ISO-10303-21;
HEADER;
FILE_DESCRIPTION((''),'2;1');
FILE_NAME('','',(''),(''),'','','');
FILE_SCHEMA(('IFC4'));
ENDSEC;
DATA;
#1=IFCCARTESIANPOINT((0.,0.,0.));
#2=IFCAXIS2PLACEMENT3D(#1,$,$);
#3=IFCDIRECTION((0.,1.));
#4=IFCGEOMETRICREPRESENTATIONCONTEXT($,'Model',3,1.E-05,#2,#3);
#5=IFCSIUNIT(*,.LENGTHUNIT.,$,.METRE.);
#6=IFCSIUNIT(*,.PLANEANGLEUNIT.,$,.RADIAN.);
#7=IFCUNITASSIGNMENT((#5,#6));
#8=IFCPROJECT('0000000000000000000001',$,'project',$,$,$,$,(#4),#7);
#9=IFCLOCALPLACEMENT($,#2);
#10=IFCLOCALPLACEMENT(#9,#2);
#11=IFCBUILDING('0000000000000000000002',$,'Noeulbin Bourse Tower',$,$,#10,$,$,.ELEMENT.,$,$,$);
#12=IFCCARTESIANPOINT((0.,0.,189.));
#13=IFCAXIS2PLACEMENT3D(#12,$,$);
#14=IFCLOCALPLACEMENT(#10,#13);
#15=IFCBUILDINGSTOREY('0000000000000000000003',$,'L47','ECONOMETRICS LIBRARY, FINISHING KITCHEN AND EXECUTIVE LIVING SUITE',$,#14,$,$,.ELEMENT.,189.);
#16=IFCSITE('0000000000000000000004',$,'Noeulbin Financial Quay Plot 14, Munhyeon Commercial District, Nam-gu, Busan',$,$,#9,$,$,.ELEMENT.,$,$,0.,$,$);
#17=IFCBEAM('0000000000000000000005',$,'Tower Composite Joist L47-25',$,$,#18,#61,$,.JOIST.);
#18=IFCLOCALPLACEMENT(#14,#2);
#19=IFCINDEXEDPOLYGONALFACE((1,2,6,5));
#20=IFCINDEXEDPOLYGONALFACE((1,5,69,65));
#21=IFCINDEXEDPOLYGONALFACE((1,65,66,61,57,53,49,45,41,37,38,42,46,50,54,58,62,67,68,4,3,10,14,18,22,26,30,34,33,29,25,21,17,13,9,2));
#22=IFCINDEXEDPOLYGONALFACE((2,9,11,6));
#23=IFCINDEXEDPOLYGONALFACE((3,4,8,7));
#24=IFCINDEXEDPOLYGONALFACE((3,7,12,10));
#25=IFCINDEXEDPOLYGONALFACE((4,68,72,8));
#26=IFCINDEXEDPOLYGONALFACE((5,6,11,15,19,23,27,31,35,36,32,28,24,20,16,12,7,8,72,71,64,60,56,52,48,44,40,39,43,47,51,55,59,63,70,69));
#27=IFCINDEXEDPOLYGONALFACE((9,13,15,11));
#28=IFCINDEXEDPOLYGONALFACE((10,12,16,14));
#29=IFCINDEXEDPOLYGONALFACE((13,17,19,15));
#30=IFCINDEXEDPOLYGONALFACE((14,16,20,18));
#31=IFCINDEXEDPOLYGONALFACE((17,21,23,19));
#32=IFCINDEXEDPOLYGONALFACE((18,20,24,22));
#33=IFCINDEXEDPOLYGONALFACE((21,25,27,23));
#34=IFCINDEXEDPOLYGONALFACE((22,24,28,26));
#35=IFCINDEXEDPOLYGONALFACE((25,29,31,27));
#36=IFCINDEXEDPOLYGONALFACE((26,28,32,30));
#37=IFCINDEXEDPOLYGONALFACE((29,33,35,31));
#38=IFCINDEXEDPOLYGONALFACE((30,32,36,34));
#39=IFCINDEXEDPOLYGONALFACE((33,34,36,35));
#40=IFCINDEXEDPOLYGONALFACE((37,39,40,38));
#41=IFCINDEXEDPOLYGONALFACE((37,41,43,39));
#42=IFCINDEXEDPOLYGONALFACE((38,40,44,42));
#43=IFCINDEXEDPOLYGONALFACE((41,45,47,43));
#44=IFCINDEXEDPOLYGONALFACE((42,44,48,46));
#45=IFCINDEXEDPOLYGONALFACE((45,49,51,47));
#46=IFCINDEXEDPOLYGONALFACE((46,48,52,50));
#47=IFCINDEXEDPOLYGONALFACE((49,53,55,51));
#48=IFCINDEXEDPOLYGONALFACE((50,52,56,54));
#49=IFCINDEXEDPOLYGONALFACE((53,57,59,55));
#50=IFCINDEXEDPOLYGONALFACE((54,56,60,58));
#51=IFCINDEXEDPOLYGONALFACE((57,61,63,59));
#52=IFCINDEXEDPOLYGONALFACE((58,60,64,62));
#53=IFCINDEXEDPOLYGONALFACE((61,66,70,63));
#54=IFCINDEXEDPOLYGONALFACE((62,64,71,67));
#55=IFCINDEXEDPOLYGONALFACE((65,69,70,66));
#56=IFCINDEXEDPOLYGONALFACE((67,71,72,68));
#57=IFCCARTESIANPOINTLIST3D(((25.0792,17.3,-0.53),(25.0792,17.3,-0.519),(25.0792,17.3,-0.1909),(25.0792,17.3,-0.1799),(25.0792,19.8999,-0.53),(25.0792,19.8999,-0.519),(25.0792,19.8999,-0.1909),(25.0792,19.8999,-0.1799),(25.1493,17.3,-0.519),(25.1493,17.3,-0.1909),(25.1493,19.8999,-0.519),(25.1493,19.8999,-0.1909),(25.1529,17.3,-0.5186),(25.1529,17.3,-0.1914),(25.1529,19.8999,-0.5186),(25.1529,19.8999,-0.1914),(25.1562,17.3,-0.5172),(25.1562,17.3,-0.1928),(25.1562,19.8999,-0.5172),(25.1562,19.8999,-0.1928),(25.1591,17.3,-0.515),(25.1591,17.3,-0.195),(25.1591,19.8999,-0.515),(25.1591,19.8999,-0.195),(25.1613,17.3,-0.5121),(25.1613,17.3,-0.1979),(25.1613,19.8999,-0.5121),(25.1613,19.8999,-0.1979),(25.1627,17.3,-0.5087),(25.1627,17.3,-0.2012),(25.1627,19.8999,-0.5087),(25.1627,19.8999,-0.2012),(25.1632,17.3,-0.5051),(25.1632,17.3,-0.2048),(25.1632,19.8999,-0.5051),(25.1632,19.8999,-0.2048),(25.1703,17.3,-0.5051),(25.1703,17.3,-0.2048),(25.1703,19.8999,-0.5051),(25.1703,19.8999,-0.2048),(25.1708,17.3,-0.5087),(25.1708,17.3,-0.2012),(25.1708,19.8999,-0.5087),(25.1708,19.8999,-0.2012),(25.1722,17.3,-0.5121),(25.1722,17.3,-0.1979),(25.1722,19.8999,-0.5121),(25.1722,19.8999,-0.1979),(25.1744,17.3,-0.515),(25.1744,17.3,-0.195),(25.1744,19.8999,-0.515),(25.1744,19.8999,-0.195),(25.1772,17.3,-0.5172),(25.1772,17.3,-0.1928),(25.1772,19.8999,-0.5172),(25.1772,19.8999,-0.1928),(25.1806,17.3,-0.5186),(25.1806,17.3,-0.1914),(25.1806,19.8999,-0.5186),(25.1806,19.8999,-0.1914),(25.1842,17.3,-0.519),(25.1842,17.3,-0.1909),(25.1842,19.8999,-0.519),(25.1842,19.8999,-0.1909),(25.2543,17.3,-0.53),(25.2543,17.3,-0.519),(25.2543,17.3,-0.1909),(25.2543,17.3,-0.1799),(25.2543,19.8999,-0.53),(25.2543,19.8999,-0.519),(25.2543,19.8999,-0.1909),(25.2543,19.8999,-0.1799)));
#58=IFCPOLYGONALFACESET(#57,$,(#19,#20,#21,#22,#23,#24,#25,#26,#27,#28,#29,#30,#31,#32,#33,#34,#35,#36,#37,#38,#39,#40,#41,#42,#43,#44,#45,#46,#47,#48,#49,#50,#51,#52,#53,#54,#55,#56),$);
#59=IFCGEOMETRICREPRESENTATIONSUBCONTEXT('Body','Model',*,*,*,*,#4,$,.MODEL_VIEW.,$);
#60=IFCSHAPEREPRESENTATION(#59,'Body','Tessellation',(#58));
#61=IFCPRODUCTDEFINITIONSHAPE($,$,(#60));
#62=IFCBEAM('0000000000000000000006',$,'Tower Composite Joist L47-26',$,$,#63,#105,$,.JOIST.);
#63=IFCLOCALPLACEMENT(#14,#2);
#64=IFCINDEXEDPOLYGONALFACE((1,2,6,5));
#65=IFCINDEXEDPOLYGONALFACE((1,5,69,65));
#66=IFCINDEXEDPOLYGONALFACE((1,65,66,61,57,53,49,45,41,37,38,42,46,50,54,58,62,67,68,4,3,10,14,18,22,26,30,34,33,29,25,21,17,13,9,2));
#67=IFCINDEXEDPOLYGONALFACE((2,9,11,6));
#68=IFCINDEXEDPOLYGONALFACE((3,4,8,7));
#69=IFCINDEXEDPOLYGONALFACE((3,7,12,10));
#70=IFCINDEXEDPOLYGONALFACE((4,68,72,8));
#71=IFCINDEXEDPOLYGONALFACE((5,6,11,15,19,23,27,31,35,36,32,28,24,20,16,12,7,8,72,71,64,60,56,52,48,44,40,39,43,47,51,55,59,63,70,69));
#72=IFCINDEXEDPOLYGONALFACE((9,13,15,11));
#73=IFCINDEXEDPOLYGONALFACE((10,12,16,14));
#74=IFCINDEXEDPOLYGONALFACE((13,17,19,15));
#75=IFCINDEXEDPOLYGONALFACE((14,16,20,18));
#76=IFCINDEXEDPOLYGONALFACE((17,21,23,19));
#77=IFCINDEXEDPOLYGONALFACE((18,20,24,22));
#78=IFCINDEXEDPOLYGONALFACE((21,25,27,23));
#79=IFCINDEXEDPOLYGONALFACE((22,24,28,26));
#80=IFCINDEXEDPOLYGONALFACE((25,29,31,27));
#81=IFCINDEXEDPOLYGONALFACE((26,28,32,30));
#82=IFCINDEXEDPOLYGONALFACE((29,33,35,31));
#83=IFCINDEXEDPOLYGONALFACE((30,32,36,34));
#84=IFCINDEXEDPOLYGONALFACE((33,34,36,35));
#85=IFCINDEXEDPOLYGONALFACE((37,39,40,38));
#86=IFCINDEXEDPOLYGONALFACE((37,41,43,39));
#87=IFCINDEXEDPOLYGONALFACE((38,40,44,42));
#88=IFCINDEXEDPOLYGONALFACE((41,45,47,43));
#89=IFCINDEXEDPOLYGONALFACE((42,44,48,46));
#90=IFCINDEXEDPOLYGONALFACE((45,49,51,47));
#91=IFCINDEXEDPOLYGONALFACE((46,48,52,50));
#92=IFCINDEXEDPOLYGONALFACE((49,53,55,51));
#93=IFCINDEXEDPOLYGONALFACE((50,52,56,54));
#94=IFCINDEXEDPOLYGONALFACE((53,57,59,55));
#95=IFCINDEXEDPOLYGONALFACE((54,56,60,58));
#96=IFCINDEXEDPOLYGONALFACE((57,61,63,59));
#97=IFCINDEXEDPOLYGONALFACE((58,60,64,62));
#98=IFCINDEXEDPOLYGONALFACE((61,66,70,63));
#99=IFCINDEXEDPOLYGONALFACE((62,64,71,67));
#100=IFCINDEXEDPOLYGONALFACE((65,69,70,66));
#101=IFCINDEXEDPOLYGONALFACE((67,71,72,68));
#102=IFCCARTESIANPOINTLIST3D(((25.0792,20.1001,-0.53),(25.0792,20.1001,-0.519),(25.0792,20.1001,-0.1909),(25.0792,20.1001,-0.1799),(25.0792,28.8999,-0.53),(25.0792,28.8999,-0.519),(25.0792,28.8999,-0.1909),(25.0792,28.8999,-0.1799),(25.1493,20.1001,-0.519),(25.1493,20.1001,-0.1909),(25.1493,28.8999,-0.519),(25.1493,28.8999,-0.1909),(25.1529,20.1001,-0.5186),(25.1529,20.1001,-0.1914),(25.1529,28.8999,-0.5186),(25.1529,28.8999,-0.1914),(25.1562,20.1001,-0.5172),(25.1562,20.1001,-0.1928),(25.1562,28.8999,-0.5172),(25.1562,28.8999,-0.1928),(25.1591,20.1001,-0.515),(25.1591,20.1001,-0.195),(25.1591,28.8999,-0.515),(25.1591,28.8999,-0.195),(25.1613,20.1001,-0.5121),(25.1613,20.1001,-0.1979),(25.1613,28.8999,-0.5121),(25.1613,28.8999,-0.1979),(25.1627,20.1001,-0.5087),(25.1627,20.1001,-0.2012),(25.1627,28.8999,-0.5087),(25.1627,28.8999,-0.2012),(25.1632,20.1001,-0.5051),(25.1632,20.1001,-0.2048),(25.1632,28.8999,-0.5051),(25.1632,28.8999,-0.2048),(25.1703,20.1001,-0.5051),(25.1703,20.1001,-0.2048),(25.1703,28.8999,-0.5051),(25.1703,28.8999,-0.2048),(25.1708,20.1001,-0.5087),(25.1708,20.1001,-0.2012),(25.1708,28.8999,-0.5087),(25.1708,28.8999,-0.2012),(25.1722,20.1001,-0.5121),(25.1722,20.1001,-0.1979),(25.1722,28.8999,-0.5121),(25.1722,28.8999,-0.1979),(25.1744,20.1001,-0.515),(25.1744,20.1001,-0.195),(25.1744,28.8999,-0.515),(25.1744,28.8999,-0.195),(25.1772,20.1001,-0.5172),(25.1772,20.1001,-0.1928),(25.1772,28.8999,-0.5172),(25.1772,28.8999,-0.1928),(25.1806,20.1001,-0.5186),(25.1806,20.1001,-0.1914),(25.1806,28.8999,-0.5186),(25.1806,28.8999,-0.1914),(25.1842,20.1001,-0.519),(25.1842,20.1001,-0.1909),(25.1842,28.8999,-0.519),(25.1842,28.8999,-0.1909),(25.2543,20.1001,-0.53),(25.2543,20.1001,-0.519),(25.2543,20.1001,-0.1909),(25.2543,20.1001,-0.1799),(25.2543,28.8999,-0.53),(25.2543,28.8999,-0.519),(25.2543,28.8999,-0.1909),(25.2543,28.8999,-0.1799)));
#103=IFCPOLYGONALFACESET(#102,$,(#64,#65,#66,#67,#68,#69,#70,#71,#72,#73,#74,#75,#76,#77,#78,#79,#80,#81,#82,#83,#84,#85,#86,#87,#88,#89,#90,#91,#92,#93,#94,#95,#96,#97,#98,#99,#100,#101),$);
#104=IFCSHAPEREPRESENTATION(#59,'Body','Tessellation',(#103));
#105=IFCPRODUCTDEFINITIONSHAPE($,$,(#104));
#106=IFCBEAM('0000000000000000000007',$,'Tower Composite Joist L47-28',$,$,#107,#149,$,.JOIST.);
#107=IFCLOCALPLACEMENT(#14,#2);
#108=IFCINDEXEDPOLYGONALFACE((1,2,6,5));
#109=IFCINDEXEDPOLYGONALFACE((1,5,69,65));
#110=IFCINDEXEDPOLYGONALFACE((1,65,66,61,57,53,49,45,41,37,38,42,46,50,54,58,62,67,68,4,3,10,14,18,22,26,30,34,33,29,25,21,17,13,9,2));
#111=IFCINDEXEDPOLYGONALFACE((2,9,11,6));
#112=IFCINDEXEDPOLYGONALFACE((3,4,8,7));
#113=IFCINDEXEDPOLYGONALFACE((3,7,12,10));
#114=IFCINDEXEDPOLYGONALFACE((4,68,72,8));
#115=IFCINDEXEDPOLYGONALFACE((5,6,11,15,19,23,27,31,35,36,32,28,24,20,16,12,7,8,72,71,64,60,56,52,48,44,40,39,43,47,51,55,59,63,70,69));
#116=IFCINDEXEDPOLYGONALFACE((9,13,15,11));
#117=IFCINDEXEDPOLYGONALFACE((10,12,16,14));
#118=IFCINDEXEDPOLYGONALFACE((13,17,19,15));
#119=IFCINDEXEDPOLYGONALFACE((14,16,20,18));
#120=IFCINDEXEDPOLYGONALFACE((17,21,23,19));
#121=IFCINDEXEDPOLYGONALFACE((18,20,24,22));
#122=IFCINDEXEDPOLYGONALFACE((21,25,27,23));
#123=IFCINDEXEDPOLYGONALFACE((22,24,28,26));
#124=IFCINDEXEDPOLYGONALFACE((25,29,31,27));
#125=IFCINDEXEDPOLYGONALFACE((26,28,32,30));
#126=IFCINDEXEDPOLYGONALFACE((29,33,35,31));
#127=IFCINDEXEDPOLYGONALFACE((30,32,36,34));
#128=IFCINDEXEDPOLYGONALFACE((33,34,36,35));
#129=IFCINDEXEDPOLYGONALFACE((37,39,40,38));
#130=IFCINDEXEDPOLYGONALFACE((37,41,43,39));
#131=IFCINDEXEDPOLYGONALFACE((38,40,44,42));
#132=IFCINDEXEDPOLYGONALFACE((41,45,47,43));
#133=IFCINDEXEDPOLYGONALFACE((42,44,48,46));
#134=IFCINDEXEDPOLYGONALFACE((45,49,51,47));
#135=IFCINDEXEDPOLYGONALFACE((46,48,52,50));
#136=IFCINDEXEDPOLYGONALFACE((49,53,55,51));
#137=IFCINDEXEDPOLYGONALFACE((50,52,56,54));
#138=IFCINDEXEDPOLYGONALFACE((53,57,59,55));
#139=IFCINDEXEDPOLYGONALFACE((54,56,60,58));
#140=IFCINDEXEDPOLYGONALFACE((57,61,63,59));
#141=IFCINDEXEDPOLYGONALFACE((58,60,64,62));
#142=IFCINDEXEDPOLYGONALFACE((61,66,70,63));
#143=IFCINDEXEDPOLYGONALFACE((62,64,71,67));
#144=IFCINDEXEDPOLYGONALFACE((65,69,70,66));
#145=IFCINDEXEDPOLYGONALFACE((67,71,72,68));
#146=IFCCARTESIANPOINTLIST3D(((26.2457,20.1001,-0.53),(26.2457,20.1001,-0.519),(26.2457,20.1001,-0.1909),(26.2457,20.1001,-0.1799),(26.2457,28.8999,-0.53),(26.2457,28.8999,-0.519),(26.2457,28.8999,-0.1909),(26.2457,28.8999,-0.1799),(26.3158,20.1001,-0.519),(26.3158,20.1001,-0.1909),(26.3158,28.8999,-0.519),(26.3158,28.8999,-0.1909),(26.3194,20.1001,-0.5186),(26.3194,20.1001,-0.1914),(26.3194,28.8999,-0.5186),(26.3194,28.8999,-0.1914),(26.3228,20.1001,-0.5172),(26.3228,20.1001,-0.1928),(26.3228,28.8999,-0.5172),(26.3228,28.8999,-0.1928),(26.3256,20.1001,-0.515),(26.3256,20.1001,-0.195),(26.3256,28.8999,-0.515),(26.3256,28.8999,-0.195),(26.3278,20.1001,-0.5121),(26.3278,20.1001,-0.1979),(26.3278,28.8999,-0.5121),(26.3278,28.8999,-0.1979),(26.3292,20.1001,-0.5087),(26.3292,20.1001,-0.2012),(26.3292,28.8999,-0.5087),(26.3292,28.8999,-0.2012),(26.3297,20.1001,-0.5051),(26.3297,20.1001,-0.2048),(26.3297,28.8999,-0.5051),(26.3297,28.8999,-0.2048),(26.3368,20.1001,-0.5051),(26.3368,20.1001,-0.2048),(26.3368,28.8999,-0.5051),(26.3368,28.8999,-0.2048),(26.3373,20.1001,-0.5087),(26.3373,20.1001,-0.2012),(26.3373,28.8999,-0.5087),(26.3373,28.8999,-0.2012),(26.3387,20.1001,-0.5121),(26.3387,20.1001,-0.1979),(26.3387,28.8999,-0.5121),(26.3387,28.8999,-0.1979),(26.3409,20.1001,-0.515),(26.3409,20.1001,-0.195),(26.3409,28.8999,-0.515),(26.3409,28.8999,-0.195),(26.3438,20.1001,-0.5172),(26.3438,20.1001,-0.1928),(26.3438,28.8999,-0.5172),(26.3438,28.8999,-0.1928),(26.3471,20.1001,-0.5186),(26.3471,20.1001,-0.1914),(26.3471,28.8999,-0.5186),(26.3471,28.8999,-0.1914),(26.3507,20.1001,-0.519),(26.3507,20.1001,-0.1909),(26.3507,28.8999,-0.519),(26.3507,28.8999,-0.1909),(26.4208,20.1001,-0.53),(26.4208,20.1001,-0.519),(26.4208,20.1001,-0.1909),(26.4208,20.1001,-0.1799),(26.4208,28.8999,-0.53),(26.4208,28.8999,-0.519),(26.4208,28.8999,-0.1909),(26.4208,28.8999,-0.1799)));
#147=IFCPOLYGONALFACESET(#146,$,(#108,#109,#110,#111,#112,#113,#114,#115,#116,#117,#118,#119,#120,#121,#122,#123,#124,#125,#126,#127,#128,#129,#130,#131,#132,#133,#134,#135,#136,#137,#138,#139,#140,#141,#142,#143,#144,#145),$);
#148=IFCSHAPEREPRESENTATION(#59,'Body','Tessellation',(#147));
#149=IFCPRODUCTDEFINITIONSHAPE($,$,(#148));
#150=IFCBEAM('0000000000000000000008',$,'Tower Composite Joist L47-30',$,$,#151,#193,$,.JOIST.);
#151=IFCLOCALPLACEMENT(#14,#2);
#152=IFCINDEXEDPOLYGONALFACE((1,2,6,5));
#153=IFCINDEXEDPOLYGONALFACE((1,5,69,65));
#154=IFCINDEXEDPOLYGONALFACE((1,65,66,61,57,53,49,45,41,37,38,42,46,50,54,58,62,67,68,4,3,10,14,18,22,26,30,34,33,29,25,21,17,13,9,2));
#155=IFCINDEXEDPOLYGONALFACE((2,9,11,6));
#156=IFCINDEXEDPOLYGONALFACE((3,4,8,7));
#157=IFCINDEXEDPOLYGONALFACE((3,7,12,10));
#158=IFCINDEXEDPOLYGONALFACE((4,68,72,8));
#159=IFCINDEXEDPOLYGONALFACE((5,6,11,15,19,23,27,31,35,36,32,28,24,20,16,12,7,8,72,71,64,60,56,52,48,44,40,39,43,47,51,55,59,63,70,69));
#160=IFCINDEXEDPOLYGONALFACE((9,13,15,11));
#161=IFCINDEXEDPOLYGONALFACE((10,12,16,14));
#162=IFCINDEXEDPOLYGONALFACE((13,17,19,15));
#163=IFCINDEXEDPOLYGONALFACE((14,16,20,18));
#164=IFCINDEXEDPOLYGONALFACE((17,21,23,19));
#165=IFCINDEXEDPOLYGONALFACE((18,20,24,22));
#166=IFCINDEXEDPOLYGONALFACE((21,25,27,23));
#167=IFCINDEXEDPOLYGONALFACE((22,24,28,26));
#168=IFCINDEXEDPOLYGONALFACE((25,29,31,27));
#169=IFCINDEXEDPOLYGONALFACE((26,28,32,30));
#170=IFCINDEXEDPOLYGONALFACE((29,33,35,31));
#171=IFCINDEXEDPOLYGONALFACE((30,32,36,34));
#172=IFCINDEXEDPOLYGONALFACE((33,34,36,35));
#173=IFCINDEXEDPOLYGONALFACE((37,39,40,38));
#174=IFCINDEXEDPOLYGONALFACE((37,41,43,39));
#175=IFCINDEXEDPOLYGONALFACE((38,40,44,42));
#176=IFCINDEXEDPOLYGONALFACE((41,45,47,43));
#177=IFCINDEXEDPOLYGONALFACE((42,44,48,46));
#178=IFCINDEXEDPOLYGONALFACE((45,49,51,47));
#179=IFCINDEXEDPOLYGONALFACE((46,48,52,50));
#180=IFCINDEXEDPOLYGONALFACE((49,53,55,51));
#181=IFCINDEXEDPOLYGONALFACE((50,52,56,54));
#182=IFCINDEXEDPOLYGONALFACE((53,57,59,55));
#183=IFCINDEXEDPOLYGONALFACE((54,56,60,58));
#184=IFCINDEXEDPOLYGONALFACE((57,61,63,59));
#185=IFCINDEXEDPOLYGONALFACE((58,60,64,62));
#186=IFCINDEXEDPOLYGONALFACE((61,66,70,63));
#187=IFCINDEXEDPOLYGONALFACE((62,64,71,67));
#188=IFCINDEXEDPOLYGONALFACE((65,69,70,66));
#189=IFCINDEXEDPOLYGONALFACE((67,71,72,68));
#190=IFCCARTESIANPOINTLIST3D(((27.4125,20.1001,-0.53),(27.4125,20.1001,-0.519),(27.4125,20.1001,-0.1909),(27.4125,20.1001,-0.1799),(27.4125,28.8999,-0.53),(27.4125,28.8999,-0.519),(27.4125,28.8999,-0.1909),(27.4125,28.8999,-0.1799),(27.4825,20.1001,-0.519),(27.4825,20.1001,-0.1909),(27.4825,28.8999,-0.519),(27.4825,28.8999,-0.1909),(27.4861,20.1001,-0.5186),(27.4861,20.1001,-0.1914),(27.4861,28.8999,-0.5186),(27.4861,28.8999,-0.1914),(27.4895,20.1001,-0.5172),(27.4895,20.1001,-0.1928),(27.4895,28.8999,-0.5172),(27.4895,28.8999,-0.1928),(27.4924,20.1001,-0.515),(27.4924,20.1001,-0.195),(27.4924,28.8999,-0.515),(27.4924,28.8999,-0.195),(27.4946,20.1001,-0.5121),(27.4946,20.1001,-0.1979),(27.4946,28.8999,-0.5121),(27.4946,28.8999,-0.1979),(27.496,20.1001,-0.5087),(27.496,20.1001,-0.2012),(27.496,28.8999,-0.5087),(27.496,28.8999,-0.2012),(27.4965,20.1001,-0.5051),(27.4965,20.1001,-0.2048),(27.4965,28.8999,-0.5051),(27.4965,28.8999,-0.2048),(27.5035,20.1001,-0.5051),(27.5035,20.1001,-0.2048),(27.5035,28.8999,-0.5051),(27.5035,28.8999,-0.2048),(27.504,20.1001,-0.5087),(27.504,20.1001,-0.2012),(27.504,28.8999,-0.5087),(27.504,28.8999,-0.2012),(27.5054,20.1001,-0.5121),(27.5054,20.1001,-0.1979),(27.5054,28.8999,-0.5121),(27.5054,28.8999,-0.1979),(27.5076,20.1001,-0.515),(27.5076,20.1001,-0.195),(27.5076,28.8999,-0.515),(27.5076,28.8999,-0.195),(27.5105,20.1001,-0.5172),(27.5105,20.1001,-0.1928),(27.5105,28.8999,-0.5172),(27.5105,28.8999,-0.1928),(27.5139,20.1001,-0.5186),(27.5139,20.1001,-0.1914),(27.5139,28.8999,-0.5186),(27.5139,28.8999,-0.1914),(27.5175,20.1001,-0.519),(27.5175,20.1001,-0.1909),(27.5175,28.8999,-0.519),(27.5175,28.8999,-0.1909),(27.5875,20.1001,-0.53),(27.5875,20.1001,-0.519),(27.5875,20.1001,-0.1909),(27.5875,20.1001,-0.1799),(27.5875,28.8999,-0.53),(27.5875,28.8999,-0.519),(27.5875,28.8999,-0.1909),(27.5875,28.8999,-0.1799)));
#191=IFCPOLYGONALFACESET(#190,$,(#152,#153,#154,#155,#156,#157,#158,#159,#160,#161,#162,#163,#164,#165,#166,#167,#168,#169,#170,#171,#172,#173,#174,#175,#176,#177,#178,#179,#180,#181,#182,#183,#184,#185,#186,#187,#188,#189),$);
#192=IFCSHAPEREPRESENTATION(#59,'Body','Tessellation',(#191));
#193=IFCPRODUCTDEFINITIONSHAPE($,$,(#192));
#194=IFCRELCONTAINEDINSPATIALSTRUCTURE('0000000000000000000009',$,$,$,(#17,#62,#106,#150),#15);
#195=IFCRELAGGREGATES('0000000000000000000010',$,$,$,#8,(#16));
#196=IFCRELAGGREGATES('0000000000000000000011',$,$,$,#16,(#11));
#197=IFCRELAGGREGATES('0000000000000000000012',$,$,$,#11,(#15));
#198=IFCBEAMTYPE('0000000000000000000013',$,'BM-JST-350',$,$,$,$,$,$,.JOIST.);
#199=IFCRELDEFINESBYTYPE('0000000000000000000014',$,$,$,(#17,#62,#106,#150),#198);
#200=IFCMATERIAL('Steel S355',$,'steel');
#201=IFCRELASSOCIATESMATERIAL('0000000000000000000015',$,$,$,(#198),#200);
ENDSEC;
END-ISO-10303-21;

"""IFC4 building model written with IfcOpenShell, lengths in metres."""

from ifc_helpers import new_model, si_unit, direction, frame, origin, origin_2d, place, context, subcontext, project, spatial, i_section, extrude, material, material_profile, profile_set, type_object, element, save


model = new_model("IFC4")

# Units and contexts
model_context = context("Model", 3, precision=1e-05, world=origin(), true_north=direction((0.0, 1.0)))
body_context = subcontext(model_context, "Body", "Model", "MODEL_VIEW")
ifc_project = project(units=[si_unit("LENGTHUNIT", "METRE"), si_unit("PLANEANGLEUNIT", "RADIAN")], contexts=[model_context])

# Site, building, storey
site_placement = place(None, origin())
site = spatial("IfcSite", under=ifc_project, at=site_placement, Name="Noeulbin Financial Quay Plot 14, Munhyeon Commercial District, Nam-gu, Busan", CompositionType="ELEMENT", RefElevation=0.0)
building_placement = place(site_placement, origin())
building = spatial("IfcBuilding", under=site, at=building_placement, Name="Noeulbin Bourse Tower", CompositionType="ELEMENT")
storey_placement = place(building_placement, frame((0.0, 0.0, 189.0)))
storey = spatial("IfcBuildingStorey", under=building, at=storey_placement, Name="L47", Description="ECONOMETRICS LIBRARY, FINISHING KITCHEN AND EXECUTIVE LIVING SUITE", CompositionType="ELEMENT", Elevation=189.0)

# Beams
ifc_material_1 = material(Name="Steel S355", Category="steel")
ifc_material_profile_1 = material_profile(ifc_material_1, i_section(OverallWidth=0.175, OverallDepth=0.3501, WebThickness=0.0071, FlangeThickness=0.011, FilletRadius=0.0139, at=origin_2d()), Name="H-350x175x7x11", Category="LoadBearing")
ifc_profile_set_1 = profile_set([ifc_material_profile_1], Name="Steel S355")
beam_type_1 = type_object("IfcBeamType", Name="BM-JST-350", PredefinedType="JOIST", material=ifc_profile_set_1)
beam_1_placement = place(storey_placement, frame((25.1667, 17.3, -0.355), z_axis=(0.0, 1.0, 0.0), x_axis=(-1.0, 0.0, 0.0)))
element("IfcBeam", 1, at=beam_1_placement, inside=storey, type_object=beam_type_1, Name="Tower Composite Joist L47-25", PredefinedType="JOIST", context=body_context, shape_type="SweptSolid", body=[
    extrude(i_section(OverallWidth=0.175, OverallDepth=0.3501, WebThickness=0.0071, FlangeThickness=0.011, FilletRadius=0.0139, at=origin_2d()), origin(), (0.0, 0.0, 1.0), 2.5999),
])
for number, where, z_axis, x_axis, name in (
    (2, (25.1667, 20.1001, -0.355), (0.0, 1.0, 0.0), (-1.0, 0.0, 0.0), "Tower Composite Joist L47-26"),
    (3, (26.3333, 20.1001, -0.355), (0.0, 1.0, 0.0), (-1.0, 0.0, 0.0), "Tower Composite Joist L47-28"),
    (4, (27.5, 20.1001, -0.355), (0.0, 1.0, 0.0), (-1.0, 0.0, 0.0), "Tower Composite Joist L47-30"),
):
    element("IfcBeam", number, at=place(storey_placement, frame(where, z_axis=z_axis, x_axis=x_axis)), inside=storey, type_object=beam_type_1, Name=name, PredefinedType="JOIST", context=body_context, shape_type="SweptSolid", body=[
        extrude(i_section(OverallWidth=0.175, OverallDepth=0.3501, WebThickness=0.0071, FlangeThickness=0.011, FilletRadius=0.0139, at=origin_2d()), origin(), (0.0, 0.0, 1.0), 8.7998),
    ])

save(model, "model.ifc")
